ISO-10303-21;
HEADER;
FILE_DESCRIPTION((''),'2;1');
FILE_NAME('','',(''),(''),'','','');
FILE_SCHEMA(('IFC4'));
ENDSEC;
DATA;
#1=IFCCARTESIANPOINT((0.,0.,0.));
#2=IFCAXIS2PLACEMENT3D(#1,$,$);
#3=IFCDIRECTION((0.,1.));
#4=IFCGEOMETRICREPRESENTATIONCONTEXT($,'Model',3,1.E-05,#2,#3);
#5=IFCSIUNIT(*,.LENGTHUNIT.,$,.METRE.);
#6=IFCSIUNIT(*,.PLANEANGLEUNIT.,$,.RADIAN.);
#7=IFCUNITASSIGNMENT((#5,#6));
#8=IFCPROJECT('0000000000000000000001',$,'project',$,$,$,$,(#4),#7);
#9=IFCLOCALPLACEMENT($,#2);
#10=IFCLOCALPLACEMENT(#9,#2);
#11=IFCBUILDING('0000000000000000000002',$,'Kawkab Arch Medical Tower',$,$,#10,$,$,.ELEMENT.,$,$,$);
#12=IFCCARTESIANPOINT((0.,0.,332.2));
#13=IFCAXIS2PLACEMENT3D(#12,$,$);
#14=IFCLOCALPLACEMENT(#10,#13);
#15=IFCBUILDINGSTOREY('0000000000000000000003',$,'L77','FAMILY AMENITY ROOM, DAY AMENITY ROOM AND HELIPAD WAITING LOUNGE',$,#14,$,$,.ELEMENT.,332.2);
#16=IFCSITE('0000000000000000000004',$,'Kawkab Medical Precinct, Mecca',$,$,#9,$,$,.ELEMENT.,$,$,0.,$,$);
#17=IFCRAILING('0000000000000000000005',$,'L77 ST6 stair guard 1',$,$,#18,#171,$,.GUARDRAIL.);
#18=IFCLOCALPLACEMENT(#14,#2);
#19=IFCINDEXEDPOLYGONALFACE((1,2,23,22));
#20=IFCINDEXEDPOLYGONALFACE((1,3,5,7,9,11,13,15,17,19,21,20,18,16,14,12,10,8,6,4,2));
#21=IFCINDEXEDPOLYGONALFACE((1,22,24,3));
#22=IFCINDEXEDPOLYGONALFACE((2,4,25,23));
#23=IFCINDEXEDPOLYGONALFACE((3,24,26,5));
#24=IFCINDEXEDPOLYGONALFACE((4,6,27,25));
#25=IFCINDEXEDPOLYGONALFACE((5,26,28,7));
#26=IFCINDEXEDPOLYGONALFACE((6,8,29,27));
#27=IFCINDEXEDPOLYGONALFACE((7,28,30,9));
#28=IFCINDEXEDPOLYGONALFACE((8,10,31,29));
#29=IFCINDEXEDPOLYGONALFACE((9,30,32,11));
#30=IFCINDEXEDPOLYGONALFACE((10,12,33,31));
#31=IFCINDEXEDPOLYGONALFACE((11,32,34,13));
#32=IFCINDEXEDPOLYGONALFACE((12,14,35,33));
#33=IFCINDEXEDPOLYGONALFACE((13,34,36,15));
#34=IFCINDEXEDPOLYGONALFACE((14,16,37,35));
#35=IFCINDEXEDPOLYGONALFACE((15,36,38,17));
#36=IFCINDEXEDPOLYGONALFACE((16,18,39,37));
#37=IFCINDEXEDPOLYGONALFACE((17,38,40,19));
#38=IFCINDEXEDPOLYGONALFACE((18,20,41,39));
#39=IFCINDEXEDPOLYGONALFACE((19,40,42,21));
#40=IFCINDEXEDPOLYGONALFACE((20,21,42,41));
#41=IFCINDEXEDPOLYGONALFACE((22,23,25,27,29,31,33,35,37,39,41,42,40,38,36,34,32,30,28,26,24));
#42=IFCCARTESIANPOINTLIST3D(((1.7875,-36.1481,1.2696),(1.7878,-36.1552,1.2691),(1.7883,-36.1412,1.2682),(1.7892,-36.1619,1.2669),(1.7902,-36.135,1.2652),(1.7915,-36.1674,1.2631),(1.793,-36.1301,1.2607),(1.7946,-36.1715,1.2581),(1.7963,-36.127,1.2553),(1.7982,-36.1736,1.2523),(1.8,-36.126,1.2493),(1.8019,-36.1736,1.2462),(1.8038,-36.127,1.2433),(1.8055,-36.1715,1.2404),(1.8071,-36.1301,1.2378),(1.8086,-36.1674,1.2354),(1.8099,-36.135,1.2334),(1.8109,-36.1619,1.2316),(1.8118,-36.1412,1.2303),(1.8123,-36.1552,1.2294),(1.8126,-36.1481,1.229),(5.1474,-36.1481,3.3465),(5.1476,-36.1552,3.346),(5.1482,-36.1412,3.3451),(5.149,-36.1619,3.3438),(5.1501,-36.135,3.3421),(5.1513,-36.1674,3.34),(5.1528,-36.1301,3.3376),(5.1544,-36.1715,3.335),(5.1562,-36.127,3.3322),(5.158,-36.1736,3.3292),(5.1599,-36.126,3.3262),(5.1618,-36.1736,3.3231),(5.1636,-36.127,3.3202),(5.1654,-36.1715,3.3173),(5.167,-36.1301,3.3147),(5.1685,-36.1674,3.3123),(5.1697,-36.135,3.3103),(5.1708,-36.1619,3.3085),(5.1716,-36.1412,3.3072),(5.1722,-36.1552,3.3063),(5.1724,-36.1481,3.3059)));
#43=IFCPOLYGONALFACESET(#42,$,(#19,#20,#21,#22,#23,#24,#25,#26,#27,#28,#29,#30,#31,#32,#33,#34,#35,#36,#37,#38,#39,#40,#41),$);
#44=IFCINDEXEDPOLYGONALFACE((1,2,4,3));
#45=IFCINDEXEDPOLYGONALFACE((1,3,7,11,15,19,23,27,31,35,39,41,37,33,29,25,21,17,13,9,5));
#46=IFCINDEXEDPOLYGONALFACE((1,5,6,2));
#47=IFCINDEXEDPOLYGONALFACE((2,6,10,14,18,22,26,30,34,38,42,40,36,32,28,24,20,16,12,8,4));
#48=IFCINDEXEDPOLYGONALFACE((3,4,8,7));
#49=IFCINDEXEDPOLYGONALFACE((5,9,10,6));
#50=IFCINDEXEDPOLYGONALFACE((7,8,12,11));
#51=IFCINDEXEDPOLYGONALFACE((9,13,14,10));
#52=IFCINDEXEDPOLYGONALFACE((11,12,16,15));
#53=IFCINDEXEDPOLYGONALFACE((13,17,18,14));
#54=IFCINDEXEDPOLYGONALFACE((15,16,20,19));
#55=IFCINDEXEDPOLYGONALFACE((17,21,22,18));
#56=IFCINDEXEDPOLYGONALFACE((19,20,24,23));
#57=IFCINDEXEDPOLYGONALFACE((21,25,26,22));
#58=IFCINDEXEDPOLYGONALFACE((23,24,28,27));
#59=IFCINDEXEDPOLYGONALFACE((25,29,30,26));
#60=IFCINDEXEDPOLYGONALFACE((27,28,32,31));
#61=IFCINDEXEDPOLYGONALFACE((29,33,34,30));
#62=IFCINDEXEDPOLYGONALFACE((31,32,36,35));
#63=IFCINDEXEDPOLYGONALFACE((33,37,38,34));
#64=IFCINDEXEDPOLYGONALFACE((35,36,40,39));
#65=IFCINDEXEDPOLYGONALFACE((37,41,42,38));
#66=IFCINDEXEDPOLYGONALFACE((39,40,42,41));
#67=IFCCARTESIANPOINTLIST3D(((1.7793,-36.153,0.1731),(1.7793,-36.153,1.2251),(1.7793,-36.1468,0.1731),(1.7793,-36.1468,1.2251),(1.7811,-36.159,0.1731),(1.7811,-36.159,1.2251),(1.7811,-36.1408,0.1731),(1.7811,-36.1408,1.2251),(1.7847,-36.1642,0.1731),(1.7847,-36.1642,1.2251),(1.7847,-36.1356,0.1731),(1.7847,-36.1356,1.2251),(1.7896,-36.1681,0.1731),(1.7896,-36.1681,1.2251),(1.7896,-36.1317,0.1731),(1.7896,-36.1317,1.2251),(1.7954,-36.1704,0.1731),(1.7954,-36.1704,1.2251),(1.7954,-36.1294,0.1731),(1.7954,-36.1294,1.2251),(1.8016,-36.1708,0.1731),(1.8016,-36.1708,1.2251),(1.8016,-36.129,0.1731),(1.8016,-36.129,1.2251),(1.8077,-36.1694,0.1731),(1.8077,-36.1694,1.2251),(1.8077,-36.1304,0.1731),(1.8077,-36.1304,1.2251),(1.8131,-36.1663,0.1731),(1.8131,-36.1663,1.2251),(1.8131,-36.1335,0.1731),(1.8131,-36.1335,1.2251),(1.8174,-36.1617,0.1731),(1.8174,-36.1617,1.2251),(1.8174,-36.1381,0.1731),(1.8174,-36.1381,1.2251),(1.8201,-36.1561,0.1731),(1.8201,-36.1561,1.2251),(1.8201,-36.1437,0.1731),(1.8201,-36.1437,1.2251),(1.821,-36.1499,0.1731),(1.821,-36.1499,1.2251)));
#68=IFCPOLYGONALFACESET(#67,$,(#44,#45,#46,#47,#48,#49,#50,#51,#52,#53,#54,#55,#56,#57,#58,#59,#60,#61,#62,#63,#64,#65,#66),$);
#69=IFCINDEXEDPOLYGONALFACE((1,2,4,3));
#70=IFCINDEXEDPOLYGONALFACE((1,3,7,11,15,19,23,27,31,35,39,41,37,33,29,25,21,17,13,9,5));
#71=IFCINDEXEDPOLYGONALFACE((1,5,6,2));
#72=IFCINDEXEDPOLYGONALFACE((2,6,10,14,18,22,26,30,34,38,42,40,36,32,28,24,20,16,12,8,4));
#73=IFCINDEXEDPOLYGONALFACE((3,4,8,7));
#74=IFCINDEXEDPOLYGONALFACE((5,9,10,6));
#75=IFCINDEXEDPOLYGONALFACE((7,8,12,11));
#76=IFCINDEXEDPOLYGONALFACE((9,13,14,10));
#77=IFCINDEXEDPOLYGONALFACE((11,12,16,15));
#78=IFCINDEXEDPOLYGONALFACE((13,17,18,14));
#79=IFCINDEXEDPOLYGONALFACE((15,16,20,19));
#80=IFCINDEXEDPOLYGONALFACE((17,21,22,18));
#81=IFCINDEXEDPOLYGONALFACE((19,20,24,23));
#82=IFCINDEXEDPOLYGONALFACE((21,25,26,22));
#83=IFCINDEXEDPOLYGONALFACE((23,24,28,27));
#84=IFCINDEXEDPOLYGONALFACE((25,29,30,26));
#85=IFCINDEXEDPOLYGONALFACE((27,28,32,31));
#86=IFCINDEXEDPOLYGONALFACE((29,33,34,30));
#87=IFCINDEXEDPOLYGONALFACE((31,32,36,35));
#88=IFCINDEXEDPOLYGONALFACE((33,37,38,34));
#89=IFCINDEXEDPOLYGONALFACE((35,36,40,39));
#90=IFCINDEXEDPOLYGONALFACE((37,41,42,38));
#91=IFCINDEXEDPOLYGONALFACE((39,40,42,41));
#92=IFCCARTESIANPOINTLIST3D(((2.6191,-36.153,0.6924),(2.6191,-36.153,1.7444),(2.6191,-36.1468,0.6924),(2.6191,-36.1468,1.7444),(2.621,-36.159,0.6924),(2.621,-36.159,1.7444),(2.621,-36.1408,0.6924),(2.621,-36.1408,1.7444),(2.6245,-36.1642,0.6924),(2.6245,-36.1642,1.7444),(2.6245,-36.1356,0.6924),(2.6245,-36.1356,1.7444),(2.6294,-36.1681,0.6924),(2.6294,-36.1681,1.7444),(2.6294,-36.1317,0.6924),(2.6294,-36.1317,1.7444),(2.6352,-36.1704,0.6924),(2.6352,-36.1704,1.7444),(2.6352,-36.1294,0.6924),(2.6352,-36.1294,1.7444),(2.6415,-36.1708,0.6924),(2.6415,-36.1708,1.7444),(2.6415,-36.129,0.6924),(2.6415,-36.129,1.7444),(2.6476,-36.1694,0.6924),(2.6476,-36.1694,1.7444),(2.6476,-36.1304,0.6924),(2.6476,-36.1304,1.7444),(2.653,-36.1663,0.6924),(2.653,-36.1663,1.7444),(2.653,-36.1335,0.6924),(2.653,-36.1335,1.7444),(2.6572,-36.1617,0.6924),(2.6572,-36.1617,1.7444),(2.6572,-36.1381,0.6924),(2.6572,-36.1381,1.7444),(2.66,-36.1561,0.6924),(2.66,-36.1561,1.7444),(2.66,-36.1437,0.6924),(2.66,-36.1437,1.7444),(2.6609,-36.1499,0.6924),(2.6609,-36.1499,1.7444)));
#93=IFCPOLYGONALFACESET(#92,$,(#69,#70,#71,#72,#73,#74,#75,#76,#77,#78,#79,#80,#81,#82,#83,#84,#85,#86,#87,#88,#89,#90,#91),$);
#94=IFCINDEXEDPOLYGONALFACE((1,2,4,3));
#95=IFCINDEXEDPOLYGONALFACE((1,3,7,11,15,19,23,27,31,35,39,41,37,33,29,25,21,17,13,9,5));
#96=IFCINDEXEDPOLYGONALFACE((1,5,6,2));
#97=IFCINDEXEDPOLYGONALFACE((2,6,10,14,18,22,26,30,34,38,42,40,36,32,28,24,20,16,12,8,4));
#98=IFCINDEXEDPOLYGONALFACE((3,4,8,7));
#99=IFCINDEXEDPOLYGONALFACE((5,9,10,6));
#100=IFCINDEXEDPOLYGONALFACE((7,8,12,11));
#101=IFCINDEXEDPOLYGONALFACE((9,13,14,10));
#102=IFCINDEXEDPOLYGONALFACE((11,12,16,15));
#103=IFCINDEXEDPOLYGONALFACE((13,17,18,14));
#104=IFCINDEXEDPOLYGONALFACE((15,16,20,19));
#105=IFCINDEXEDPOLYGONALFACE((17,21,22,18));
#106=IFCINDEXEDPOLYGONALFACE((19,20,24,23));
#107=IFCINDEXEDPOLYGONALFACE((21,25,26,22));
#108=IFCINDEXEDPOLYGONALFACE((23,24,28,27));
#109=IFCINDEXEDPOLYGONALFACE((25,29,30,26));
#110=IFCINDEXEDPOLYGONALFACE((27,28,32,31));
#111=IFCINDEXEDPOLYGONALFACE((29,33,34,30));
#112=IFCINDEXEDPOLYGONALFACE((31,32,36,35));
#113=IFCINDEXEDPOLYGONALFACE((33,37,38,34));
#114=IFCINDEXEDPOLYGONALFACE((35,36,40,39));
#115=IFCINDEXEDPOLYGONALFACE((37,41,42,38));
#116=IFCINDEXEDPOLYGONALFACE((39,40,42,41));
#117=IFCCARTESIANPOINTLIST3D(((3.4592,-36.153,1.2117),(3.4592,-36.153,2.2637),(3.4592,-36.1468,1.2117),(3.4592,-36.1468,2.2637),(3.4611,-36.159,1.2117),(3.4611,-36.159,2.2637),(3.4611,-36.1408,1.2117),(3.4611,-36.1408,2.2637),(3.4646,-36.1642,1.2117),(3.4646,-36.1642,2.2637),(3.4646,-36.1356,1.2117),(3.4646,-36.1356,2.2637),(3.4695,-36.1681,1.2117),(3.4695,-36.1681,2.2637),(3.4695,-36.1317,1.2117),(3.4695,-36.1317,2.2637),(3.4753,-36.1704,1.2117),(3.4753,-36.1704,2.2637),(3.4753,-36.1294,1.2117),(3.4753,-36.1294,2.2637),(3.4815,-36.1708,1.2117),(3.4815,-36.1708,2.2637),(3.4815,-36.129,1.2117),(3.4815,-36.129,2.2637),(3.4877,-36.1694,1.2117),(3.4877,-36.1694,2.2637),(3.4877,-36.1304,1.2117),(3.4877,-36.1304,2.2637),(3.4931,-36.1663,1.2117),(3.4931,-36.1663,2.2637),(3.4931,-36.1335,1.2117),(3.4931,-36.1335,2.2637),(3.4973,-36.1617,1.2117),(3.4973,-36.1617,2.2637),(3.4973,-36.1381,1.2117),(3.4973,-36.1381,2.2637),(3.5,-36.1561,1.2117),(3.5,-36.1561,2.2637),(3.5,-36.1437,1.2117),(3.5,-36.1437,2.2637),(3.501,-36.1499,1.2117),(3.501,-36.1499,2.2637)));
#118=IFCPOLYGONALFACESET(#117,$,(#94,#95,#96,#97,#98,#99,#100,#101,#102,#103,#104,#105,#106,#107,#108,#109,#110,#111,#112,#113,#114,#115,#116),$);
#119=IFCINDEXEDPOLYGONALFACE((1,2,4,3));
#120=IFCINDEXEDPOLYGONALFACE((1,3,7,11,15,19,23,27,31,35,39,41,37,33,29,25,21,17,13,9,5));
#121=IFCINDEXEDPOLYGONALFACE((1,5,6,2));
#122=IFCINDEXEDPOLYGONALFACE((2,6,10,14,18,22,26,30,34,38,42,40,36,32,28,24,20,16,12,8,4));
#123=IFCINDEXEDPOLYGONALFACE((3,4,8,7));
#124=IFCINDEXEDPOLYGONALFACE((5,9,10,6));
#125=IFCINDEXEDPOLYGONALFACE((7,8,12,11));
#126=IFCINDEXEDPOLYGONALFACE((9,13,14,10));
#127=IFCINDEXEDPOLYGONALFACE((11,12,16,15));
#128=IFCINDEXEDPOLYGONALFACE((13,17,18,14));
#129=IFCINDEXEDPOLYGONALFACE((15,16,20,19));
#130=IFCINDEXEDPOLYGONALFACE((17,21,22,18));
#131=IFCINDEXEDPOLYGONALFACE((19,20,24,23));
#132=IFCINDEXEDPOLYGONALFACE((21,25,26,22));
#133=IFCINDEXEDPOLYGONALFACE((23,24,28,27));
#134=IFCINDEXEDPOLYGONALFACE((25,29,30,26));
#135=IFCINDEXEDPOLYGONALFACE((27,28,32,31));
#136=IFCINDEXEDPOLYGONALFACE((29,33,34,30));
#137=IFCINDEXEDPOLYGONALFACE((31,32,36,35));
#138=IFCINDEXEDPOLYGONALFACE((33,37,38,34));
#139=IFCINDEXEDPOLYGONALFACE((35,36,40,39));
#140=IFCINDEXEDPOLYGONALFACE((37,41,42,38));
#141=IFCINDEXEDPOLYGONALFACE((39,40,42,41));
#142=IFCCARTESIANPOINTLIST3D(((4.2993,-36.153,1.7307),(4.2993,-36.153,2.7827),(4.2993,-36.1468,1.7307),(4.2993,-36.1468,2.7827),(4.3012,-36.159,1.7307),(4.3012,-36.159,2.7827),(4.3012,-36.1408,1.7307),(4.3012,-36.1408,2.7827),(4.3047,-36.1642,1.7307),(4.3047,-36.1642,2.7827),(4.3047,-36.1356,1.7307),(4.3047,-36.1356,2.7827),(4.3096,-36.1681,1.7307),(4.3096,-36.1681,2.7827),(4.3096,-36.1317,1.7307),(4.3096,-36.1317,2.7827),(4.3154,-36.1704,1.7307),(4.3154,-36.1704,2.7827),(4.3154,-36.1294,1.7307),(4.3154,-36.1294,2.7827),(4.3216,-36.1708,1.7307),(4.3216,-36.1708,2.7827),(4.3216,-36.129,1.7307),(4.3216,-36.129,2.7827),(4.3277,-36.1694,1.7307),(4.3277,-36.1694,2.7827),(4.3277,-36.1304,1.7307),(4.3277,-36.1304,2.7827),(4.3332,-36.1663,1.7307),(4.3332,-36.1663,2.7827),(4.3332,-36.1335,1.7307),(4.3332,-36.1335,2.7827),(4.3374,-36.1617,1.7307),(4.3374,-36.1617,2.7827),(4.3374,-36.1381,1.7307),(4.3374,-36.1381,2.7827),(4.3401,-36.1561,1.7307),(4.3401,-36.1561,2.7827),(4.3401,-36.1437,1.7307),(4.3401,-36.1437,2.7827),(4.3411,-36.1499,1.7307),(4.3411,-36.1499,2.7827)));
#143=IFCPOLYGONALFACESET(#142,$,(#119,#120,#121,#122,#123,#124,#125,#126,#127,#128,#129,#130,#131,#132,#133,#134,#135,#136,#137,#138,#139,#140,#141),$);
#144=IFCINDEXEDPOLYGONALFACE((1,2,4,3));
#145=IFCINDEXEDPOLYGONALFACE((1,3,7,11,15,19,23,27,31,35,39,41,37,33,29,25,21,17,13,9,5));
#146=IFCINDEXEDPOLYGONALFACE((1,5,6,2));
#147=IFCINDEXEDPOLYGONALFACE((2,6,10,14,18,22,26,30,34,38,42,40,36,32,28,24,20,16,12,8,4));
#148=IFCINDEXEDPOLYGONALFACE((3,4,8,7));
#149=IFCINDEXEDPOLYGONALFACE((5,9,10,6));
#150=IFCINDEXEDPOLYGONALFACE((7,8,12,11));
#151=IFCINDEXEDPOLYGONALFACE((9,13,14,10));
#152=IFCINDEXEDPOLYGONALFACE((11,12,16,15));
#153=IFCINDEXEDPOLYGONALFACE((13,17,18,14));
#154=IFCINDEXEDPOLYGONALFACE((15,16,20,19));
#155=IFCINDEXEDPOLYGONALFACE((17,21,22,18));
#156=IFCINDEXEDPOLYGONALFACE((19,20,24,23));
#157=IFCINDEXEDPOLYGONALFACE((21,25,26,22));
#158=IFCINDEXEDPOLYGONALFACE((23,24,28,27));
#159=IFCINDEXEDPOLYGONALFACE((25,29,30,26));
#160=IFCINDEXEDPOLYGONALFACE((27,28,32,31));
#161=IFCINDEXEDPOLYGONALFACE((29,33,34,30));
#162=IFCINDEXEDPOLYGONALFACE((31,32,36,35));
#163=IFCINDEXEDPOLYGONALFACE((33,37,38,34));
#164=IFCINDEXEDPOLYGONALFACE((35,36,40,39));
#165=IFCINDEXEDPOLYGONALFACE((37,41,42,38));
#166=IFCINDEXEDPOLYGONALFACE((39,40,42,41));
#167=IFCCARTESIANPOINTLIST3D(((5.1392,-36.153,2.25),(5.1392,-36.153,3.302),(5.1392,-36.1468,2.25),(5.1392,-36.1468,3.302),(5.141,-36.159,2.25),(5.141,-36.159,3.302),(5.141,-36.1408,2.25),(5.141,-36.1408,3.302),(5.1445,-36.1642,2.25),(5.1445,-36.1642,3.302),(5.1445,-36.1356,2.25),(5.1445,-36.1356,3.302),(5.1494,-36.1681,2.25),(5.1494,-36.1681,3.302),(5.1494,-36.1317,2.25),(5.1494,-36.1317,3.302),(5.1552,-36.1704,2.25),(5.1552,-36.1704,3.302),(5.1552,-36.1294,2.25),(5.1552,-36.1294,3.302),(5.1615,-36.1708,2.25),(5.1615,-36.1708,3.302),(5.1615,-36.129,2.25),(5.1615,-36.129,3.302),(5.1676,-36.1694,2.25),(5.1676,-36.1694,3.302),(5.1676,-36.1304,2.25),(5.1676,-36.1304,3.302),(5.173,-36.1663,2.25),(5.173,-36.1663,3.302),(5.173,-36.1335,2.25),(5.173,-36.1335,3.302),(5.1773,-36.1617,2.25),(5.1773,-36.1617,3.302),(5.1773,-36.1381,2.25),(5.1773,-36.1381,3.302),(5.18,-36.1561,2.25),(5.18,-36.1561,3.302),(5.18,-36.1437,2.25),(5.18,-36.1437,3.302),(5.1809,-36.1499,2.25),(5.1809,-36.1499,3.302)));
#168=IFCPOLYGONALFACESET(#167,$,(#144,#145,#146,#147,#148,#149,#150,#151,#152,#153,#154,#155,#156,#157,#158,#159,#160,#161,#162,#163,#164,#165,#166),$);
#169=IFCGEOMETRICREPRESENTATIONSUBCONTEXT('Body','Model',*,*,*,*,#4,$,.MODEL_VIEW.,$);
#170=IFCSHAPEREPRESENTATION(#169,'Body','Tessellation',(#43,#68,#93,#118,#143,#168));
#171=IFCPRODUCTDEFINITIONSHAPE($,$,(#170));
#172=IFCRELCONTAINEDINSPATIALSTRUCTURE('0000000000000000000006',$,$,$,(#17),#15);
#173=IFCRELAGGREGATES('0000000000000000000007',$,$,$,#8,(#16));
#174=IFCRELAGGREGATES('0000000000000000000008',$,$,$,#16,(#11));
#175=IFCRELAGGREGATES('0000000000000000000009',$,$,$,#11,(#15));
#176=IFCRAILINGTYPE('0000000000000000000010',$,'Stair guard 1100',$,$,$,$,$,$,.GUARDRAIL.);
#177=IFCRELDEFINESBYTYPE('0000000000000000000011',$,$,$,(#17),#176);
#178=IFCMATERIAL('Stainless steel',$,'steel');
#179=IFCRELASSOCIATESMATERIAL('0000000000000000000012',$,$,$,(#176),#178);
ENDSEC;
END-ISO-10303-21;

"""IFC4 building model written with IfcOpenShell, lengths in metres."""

from ifc_helpers import new_model, si_unit, direction, frame, origin, origin_2d, place, context, subcontext, project, spatial, circle, extrude, material, type_object, element, save


model = new_model("IFC4")

# Units and contexts
model_context = context("Model", 3, precision=1e-05, world=origin(), true_north=direction((0.0, 1.0)))
body_context = subcontext(model_context, "Body", "Model", "MODEL_VIEW")
ifc_project = project(units=[si_unit("LENGTHUNIT", "METRE"), si_unit("PLANEANGLEUNIT", "RADIAN")], contexts=[model_context])

# Site, building, storey
site_placement = place(None, origin())
site = spatial("IfcSite", under=ifc_project, at=site_placement, Name="Kawkab Medical Precinct, Mecca", CompositionType="ELEMENT", RefElevation=0.0)
building_placement = place(site_placement, origin())
building = spatial("IfcBuilding", under=site, at=building_placement, Name="Kawkab Arch Medical Tower", CompositionType="ELEMENT")
storey_placement = place(building_placement, frame((0.0, 0.0, 332.2)))
storey = spatial("IfcBuildingStorey", under=building, at=storey_placement, Name="L77", Description="FAMILY AMENITY ROOM, DAY AMENITY ROOM AND HELIPAD WAITING LOUNGE", CompositionType="ELEMENT", Elevation=332.2)

# Railing
ifc_material_1 = material(Name="Stainless steel", Category="steel")
railing_type = type_object("IfcRailingType", Name="Stair guard 1100", PredefinedType="GUARDRAIL", material=ifc_material_1)
railing_1_placement = place(storey_placement, frame((1.8, -36.1499, 0.1731)))
element("IfcRailing", 1, at=railing_1_placement, inside=storey, type_object=railing_type, Name="L77 ST6 stair guard 1", PredefinedType="GUARDRAIL", context=body_context, shape_type="SweptSolid", body=[
    extrude(circle(Radius=0.0239, at=origin_2d()), frame((0.0, 0.0, 1.0762), z_axis=(0.850606, 0.0, 0.525803), x_axis=(0.0, 1.0, 0.0)), (0.0, 0.0, 1.0), 3.95),
    extrude(circle(Radius=0.021, at=origin_2d()), origin(), (0.0, 0.0, 1.0), 1.052),
    extrude(circle(Radius=0.021, at=origin_2d()), frame((0.8398, 0.0, 0.5193)), (0.0, 0.0, 1.0), 1.052),
    extrude(circle(Radius=0.021, at=origin_2d()), frame((1.6799, 0.0, 1.0386)), (0.0, 0.0, 1.0), 1.052),
    extrude(circle(Radius=0.021, at=origin_2d()), frame((2.52, 0.0, 1.5576)), (0.0, 0.0, 1.0), 1.052),
    extrude(circle(Radius=0.021, at=origin_2d()), frame((3.3599, 0.0, 2.0769)), (0.0, 0.0, 1.0), 1.052),
])

save(model, "model.ifc")
